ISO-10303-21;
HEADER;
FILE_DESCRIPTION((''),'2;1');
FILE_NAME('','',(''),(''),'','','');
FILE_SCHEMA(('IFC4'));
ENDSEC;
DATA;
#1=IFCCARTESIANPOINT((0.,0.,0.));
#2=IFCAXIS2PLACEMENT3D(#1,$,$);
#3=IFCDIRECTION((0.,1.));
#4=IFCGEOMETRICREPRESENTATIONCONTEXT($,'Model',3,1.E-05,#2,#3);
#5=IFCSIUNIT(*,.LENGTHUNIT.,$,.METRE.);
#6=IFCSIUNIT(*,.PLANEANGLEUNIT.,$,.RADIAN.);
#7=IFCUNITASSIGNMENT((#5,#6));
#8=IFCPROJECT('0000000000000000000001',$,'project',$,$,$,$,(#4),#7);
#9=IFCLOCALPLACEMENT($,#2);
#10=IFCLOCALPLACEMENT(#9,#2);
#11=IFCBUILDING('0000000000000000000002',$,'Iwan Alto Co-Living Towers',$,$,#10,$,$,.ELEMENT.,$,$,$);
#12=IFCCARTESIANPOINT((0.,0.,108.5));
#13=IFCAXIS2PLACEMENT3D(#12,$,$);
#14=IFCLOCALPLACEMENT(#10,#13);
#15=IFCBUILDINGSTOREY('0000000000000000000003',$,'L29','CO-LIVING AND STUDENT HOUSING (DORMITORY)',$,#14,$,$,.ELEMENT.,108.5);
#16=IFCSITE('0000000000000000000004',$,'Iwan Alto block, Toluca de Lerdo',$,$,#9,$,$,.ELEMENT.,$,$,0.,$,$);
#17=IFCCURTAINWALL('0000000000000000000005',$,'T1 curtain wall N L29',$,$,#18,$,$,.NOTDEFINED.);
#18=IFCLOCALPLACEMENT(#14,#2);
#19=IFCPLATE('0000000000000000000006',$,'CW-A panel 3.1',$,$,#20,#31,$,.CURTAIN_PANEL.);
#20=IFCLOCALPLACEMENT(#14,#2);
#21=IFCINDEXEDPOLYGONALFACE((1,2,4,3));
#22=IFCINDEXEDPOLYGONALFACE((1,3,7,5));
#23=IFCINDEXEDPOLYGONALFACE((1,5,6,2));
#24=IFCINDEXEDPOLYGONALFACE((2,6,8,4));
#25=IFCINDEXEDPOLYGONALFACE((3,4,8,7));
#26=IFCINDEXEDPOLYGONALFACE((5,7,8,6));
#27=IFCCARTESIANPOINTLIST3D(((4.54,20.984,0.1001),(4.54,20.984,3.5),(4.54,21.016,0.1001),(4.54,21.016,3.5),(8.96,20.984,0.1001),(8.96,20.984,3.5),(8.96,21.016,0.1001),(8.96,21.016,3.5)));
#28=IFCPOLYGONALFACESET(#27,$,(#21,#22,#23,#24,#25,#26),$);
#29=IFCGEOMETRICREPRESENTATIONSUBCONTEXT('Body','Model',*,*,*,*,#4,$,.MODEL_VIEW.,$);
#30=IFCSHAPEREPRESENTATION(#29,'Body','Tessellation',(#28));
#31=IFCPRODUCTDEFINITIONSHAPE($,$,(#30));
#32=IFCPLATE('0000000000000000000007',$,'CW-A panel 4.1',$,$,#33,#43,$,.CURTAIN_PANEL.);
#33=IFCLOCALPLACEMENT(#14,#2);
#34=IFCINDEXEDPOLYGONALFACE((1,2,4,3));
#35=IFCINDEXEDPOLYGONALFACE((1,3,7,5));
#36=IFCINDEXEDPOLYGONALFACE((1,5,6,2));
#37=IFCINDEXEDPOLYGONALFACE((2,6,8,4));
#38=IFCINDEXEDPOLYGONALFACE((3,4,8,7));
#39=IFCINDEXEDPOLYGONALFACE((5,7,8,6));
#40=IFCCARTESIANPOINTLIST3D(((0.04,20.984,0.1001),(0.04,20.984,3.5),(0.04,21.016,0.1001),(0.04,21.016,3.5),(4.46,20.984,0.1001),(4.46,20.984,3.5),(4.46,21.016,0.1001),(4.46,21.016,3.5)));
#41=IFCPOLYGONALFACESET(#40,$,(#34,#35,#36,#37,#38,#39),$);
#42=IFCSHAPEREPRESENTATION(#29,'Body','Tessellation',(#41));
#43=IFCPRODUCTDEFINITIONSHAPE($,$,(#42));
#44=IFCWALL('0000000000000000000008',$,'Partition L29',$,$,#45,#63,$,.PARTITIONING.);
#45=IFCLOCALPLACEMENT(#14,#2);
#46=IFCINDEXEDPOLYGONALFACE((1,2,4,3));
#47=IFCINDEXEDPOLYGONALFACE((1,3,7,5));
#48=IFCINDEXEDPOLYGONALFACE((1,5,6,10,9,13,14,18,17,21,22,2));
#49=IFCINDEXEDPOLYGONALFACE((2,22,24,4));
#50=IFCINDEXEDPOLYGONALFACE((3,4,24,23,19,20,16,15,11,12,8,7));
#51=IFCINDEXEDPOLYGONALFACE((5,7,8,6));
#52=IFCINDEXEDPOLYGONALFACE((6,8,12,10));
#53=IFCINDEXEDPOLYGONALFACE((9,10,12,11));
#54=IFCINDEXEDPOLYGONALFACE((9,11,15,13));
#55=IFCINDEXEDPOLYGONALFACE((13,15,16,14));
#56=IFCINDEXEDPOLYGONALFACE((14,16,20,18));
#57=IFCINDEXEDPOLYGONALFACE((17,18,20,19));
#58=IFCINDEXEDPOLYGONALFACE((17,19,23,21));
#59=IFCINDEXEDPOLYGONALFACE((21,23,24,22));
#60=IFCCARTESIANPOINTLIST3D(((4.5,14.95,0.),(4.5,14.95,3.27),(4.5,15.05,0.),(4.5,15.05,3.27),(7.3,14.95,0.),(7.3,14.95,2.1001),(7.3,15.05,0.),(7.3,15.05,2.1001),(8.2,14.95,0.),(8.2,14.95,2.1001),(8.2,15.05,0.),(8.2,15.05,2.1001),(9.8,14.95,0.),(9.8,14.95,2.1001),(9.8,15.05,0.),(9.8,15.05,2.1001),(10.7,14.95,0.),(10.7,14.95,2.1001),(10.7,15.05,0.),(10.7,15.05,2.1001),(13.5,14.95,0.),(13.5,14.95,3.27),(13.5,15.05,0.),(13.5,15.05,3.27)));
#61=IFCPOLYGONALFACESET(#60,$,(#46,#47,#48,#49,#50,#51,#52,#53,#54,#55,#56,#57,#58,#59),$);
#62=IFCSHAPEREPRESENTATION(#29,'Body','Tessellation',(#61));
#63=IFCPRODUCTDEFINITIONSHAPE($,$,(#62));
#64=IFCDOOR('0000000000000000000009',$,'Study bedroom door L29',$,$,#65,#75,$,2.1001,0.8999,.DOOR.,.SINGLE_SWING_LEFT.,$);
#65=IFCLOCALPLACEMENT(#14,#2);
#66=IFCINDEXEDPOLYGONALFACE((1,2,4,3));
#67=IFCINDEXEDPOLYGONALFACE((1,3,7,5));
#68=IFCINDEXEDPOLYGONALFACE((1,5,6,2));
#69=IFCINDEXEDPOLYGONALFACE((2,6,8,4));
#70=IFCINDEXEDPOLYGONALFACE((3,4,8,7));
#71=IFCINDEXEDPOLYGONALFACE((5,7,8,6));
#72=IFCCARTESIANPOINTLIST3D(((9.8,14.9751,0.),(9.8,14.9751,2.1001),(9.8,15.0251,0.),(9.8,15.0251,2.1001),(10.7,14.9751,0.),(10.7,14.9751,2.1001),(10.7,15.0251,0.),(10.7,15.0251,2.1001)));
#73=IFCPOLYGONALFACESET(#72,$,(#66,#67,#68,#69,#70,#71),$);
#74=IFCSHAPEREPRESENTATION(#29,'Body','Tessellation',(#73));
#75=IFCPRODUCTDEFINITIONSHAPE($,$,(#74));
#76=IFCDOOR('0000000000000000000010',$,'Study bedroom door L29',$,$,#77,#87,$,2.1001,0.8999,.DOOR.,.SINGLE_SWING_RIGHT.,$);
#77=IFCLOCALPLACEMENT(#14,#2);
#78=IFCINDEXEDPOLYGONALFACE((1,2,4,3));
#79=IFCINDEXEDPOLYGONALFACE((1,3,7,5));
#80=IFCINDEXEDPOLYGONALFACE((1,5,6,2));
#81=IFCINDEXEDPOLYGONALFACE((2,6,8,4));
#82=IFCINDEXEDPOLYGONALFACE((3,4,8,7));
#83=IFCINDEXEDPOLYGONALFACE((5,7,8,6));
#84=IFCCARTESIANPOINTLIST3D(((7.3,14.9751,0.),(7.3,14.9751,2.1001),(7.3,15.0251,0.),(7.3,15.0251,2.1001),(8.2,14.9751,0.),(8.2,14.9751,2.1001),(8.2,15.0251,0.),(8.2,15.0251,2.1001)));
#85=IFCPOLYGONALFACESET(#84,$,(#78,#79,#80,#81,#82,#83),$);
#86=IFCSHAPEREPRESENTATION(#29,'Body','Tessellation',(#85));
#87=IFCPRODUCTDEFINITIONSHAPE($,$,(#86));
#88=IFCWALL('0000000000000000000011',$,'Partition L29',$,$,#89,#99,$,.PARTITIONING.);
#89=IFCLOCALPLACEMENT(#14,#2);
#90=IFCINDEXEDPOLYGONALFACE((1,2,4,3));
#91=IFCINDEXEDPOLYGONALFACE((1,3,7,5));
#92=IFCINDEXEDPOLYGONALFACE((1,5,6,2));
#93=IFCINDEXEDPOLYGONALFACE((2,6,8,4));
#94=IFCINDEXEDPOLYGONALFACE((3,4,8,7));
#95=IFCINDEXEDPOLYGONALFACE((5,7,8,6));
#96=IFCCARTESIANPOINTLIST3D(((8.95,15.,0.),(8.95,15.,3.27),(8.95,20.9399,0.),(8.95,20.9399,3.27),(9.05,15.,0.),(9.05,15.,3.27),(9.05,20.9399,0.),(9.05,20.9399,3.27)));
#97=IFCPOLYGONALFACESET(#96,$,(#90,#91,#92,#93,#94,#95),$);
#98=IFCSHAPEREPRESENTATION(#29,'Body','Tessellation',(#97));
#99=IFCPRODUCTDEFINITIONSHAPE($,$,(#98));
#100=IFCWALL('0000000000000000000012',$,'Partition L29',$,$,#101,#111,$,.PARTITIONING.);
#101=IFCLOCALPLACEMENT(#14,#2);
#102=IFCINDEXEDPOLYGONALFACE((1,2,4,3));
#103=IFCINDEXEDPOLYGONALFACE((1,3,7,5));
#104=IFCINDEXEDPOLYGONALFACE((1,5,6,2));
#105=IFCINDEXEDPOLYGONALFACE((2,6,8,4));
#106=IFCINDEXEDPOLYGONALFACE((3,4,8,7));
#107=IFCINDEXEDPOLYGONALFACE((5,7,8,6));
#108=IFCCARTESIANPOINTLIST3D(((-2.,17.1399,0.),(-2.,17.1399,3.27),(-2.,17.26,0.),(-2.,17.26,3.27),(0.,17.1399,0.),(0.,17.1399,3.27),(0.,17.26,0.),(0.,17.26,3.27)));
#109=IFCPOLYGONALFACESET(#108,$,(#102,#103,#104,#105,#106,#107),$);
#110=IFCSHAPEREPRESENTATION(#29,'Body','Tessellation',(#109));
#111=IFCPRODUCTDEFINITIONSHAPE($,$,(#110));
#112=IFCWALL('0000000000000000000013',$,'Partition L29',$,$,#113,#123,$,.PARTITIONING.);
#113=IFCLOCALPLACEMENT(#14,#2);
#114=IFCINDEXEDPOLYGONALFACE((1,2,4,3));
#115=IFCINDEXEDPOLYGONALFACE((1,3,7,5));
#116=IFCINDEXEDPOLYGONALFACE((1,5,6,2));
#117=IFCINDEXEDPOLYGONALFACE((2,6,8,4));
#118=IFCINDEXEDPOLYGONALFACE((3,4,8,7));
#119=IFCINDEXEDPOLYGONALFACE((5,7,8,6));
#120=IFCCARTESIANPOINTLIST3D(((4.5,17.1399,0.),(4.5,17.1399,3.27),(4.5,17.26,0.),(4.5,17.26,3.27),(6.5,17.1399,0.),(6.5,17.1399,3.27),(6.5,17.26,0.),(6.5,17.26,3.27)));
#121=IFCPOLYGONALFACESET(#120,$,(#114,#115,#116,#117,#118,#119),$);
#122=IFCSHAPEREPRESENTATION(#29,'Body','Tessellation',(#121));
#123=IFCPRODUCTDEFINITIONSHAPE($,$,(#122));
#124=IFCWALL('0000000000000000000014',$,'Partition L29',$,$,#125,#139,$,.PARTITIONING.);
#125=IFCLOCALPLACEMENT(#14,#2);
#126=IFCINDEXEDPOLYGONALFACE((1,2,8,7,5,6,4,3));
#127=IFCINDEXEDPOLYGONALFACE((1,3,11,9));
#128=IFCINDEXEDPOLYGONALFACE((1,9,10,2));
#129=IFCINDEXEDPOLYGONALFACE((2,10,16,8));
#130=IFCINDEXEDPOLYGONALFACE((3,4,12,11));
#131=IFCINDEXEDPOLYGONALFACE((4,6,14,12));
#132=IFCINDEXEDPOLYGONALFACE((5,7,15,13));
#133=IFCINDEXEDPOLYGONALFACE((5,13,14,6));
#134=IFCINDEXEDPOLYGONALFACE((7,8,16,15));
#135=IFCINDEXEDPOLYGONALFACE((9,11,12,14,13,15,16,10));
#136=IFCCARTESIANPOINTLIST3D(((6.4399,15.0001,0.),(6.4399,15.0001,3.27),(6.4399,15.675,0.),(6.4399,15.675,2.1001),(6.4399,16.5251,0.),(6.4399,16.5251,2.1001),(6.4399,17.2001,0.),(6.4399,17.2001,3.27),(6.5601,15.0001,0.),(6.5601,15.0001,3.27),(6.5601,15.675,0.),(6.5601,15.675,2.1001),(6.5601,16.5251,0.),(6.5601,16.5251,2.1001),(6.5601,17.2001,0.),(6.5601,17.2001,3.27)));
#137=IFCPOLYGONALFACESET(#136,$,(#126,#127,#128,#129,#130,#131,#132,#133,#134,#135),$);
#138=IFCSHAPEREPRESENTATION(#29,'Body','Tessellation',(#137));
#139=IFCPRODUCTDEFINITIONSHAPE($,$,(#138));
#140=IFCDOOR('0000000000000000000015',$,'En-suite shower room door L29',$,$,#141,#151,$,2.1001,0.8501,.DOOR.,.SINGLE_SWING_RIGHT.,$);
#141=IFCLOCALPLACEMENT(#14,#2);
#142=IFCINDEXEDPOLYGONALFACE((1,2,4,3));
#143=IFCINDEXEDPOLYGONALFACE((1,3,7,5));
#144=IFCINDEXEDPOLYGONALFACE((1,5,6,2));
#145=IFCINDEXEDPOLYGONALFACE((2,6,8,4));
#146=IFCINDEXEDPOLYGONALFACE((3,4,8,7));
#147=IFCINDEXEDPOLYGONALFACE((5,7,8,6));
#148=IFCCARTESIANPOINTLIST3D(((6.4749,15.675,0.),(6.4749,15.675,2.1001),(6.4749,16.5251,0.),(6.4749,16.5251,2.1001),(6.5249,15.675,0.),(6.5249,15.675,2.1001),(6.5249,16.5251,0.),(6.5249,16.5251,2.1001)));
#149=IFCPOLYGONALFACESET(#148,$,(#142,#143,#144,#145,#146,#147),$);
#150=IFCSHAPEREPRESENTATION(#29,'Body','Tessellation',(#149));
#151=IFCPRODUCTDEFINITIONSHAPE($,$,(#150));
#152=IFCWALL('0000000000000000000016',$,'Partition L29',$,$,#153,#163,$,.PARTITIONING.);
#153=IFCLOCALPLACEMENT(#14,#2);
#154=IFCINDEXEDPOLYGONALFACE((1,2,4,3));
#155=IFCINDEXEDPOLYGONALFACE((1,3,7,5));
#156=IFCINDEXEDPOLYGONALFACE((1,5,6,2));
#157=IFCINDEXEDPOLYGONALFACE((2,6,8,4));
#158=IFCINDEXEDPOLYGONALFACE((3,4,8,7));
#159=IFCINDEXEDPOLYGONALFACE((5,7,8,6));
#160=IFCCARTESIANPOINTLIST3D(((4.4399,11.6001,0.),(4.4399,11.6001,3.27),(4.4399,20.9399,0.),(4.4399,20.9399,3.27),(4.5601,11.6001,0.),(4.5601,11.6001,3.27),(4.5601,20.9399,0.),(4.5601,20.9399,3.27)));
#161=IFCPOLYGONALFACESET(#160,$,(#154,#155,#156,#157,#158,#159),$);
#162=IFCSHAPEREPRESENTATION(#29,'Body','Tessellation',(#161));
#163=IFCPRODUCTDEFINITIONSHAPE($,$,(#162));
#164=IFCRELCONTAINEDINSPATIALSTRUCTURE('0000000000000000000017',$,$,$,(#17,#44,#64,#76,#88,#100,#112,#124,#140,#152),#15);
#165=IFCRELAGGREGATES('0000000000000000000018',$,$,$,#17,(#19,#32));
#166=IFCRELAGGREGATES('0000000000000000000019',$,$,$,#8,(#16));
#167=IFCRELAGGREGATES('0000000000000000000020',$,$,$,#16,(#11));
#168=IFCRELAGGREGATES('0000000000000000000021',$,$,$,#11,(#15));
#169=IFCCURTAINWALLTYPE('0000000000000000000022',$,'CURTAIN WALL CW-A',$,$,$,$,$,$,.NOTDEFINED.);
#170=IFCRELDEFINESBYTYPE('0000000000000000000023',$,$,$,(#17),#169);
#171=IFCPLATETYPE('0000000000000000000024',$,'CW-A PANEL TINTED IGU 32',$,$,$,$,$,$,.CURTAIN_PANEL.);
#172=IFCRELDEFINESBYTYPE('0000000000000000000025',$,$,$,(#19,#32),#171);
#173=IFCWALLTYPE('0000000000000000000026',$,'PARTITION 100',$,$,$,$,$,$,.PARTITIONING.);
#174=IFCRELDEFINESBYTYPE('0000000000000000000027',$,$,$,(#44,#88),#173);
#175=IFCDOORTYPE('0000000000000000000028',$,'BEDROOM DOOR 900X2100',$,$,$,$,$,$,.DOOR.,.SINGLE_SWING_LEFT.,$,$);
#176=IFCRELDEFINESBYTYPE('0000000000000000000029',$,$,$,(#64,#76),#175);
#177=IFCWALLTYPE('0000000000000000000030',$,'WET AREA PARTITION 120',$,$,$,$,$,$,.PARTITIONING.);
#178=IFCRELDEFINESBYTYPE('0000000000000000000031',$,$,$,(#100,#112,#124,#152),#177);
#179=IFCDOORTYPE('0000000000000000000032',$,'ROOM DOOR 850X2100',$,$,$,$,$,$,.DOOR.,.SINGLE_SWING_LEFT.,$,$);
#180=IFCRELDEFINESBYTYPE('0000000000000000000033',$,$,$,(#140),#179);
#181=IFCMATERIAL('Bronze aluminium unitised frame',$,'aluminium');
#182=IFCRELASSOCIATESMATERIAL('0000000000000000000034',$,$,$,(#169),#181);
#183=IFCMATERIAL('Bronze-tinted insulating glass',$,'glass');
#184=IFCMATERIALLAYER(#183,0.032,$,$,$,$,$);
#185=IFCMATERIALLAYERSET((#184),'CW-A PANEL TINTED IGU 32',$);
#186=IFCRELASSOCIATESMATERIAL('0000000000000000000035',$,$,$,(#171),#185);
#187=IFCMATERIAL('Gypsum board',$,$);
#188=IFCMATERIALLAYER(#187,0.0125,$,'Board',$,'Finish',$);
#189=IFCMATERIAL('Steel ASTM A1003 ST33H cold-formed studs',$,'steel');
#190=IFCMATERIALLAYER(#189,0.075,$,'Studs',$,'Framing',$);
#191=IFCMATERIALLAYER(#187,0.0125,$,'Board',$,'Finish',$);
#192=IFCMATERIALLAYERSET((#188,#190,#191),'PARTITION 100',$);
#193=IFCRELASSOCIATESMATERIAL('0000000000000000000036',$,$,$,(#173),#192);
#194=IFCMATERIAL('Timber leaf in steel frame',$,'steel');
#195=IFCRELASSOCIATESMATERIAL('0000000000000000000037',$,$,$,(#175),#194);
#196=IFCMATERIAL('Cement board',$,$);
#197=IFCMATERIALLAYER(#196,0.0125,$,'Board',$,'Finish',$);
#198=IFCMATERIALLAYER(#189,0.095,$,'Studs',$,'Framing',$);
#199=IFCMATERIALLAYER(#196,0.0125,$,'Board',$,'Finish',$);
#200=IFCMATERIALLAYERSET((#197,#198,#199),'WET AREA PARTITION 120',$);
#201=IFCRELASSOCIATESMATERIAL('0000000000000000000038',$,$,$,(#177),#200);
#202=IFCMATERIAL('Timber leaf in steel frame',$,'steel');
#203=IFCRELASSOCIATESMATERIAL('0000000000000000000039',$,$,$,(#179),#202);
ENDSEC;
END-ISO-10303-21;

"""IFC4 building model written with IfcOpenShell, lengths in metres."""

from ifc_helpers import new_model, si_unit, direction, frame, frame_2d, origin, origin_2d, place, context, subcontext, project, spatial, rectangle, extrude, material, layer, layer_set, type_object, element, fill, aggregate, save


model = new_model("IFC4")

# Units and contexts
model_context = context("Model", 3, precision=1e-05, world=origin(), true_north=direction((0.0, 1.0)))
body_context = subcontext(model_context, "Body", "Model", "MODEL_VIEW")
ifc_project = project(units=[si_unit("LENGTHUNIT", "METRE"), si_unit("PLANEANGLEUNIT", "RADIAN")], contexts=[model_context])

# Site, building, storey
site_placement = place(None, origin())
site = spatial("IfcSite", under=ifc_project, at=site_placement, Name="Iwan Alto block, Toluca de Lerdo", CompositionType="ELEMENT", RefElevation=0.0)
building_placement = place(site_placement, origin())
building = spatial("IfcBuilding", under=site, at=building_placement, Name="Iwan Alto Co-Living Towers", CompositionType="ELEMENT")
storey_placement = place(building_placement, frame((0.0, 0.0, 108.5)))
storey = spatial("IfcBuildingStorey", under=building, at=storey_placement, Name="L29", Description="CO-LIVING AND STUDENT HOUSING (DORMITORY)", CompositionType="ELEMENT", Elevation=108.5)

# Curtain wall
ifc_material_1 = material(Name="Bronze aluminium unitised frame", Category="aluminium")
curtain_wall_type = type_object("IfcCurtainWallType", Name="CURTAIN WALL CW-A", PredefinedType="NOTDEFINED", material=ifc_material_1)
curtain_wall_placement = place(storey_placement, origin())
curtain_wall = element("IfcCurtainWall", 1, at=curtain_wall_placement, inside=storey, type_object=curtain_wall_type, Name="T1 curtain wall N L29", PredefinedType="NOTDEFINED")

# Plates
ifc_material_2 = material(Name="Bronze-tinted insulating glass", Category="glass")
ifc_layer_1 = layer(ifc_material_2, 0.032)
ifc_layer_set_1 = layer_set([ifc_layer_1], Name="CW-A PANEL TINTED IGU 32")
plate_type = type_object("IfcPlateType", Name="CW-A PANEL TINTED IGU 32", PredefinedType="CURTAIN_PANEL", material=ifc_layer_set_1)
plate_1_placement = place(storey_placement, frame((6.75, 21.0, 0.1001), z_axis=(0.0, 0.0, 1.0), x_axis=(-1.0, 0.0, 0.0)))
plate_1 = element("IfcPlate", 2, at=plate_1_placement, type_object=plate_type, Name="CW-A panel 3.1", PredefinedType="CURTAIN_PANEL", context=body_context, shape_type="SweptSolid", body=[
    extrude(rectangle(XDim=4.4199, YDim=0.032, at=origin_2d()), origin(), (0.0, 0.0, 1.0), 3.3999),
])
plate_2_placement = place(storey_placement, frame((2.25, 21.0, 0.1001), z_axis=(0.0, 0.0, 1.0), x_axis=(-1.0, 0.0, 0.0)))
plate_2 = element("IfcPlate", 3, at=plate_2_placement, type_object=plate_type, Name="CW-A panel 4.1", PredefinedType="CURTAIN_PANEL", context=body_context, shape_type="SweptSolid", body=[
    extrude(rectangle(XDim=4.4199, YDim=0.032, at=origin_2d()), origin(), (0.0, 0.0, 1.0), 3.3999),
])
aggregate(curtain_wall, [plate_1, plate_2])

# Wall, openings, doors
ifc_material_3 = material(Name="Gypsum board")
ifc_layer_2 = layer(ifc_material_3, 0.0125, Name="Board", Category="Finish")
ifc_material_4 = material(Name="Steel ASTM A1003 ST33H cold-formed studs", Category="steel")
ifc_layer_3 = layer(ifc_material_4, 0.075, Name="Studs", Category="Framing")
ifc_layer_4 = layer(ifc_material_3, 0.0125, Name="Board", Category="Finish")
ifc_layer_set_2 = layer_set([ifc_layer_2, ifc_layer_3, ifc_layer_4], Name="PARTITION 100")
wall_type_1 = type_object("IfcWallType", Name="PARTITION 100", PredefinedType="PARTITIONING", material=ifc_layer_set_2)
wall_1_placement = place(storey_placement, frame((4.5, 15.0, 0.0), z_axis=(0.0, 0.0, 1.0), x_axis=(1.0, 0.0, 0.0)))
wall_1 = element("IfcWall", 4, at=wall_1_placement, inside=storey, type_object=wall_type_1, Name="Partition L29", PredefinedType="PARTITIONING", context=body_context, shape_type="SweptSolid", body=[
    extrude(rectangle(XDim=9.0, YDim=0.1001, at=frame_2d((4.5, 0.0))), origin(), (0.0, 0.0, 1.0), 3.27),
])
opening_1_placement = place(wall_1_placement, frame((5.3, 0.0, 0.0)))
opening_1 = element("IfcOpeningElement", 5, at=opening_1_placement, cuts=wall_1, PredefinedType="OPENING", context=body_context, shape_type="SweptSolid", body=[
    extrude(rectangle(XDim=0.8999, YDim=2.1001, at=frame_2d((0.45, 1.05))), frame((0.0, 0.0601, 0.0), z_axis=(0.0, -1.0, 0.0), x_axis=(1.0, 0.0, 0.0)), (0.0, 0.0, 1.0), 0.1201),
])
opening_2_placement = place(wall_1_placement, frame((2.8, 0.0, 0.0)))
opening_2 = element("IfcOpeningElement", 6, at=opening_2_placement, cuts=wall_1, PredefinedType="OPENING", context=body_context, shape_type="SweptSolid", body=[
    extrude(rectangle(XDim=0.8999, YDim=2.1001, at=frame_2d((0.45, 1.05))), frame((0.0, 0.0601, 0.0), z_axis=(0.0, -1.0, 0.0), x_axis=(1.0, 0.0, 0.0)), (0.0, 0.0, 1.0), 0.1201),
])
ifc_material_5 = material(Name="Timber leaf in steel frame", Category="steel")
door_type_1 = type_object("IfcDoorType", Name="BEDROOM DOOR 900X2100", OperationType="SINGLE_SWING_LEFT", PredefinedType="DOOR", material=ifc_material_5)
door_1_placement = place(opening_1_placement, frame((0.8999, 0.0, 0.0), z_axis=(0.0, 0.0, 1.0), x_axis=(-1.0, 0.0, 0.0)))
door_1 = element("IfcDoor", 7, at=door_1_placement, inside=storey, type_object=door_type_1, Name="Study bedroom door L29", OperationType="SINGLE_SWING_LEFT", OverallHeight=2.1001, OverallWidth=0.8999, PredefinedType="DOOR", context=body_context, shape_type="SweptSolid", body=[
    extrude(rectangle(XDim=0.8999, YDim=2.1001, at=frame_2d((0.45, 1.05))), frame((0.0, 0.0249, 0.0), z_axis=(0.0, -1.0, 0.0), x_axis=(1.0, 0.0, 0.0)), (0.0, 0.0, 1.0), 0.05),
])
fill(opening_1, door_1)
door_2_placement = place(opening_2_placement, frame((0.8999, 0.0, 0.0), z_axis=(0.0, 0.0, 1.0), x_axis=(-1.0, 0.0, 0.0)))
door_2 = element("IfcDoor", 8, at=door_2_placement, inside=storey, type_object=door_type_1, Name="Study bedroom door L29", OperationType="SINGLE_SWING_RIGHT", OverallHeight=2.1001, OverallWidth=0.8999, PredefinedType="DOOR", context=body_context, shape_type="SweptSolid", body=[
    extrude(rectangle(XDim=0.8999, YDim=2.1001, at=frame_2d((0.45, 1.05))), frame((0.0, 0.0249, 0.0), z_axis=(0.0, -1.0, 0.0), x_axis=(1.0, 0.0, 0.0)), (0.0, 0.0, 1.0), 0.05),
])
fill(opening_2, door_2)

# Walls
wall_2_placement = place(storey_placement, frame((9.0, 15.0, 0.0), z_axis=(0.0, 0.0, 1.0), x_axis=(0.0, 1.0, 0.0)))
element("IfcWall", 9, at=wall_2_placement, inside=storey, type_object=wall_type_1, Name="Partition L29", PredefinedType="PARTITIONING", context=body_context, shape_type="SweptSolid", body=[
    extrude(rectangle(XDim=5.9399, YDim=0.1001, at=frame_2d((2.97, 0.0))), origin(), (0.0, 0.0, 1.0), 3.27),
])
ifc_material_6 = material(Name="Cement board")
ifc_layer_5 = layer(ifc_material_6, 0.0125, Name="Board", Category="Finish")
ifc_layer_6 = layer(ifc_material_4, 0.095, Name="Studs", Category="Framing")
ifc_layer_7 = layer(ifc_material_6, 0.0125, Name="Board", Category="Finish")
ifc_layer_set_3 = layer_set([ifc_layer_5, ifc_layer_6, ifc_layer_7], Name="WET AREA PARTITION 120")
wall_type_2 = type_object("IfcWallType", Name="WET AREA PARTITION 120", PredefinedType="PARTITIONING", material=ifc_layer_set_3)
for number, where, z_axis, x_axis, name in (
    (10, (-2.0, 17.2, 0.0), (0.0, 0.0, 1.0), (1.0, 0.0, 0.0), "Partition L29"),
    (11, (4.5, 17.2, 0.0), (0.0, 0.0, 1.0), (1.0, 0.0, 0.0), "Partition L29"),
):
    element("IfcWall", number, at=place(storey_placement, frame(where, z_axis=z_axis, x_axis=x_axis)), inside=storey, type_object=wall_type_2, Name=name, PredefinedType="PARTITIONING", context=body_context, shape_type="SweptSolid", body=[
        extrude(rectangle(XDim=2.0, YDim=0.1201, at=frame_2d((1.0, 0.0))), origin(), (0.0, 0.0, 1.0), 3.27),
    ])

# Wall, opening, door
wall_3_placement = place(storey_placement, frame((6.5, 15.0, 0.0), z_axis=(0.0, 0.0, 1.0), x_axis=(0.0, 1.0, 0.0)))
wall_3 = element("IfcWall", 12, at=wall_3_placement, inside=storey, type_object=wall_type_2, Name="Partition L29", PredefinedType="PARTITIONING", context=body_context, shape_type="SweptSolid", body=[
    extrude(rectangle(XDim=2.2, YDim=0.1201, at=frame_2d((1.1001, 0.0))), origin(), (0.0, 0.0, 1.0), 3.27),
])
opening_3_placement = place(wall_3_placement, frame((0.675, 0.0, 0.0)))
opening_3 = element("IfcOpeningElement", 13, at=opening_3_placement, cuts=wall_3, PredefinedType="OPENING", context=body_context, shape_type="SweptSolid", body=[
    extrude(rectangle(XDim=0.8501, YDim=2.1001, at=frame_2d((0.425, 1.05))), frame((0.0, 0.0701, 0.0), z_axis=(0.0, -1.0, 0.0), x_axis=(1.0, 0.0, 0.0)), (0.0, 0.0, 1.0), 0.1401),
])
ifc_material_7 = material(Name="Timber leaf in steel frame", Category="steel")
door_type_2 = type_object("IfcDoorType", Name="ROOM DOOR 850X2100", OperationType="SINGLE_SWING_LEFT", PredefinedType="DOOR", material=ifc_material_7)
door_3_placement = place(opening_3_placement, frame((0.8501, 0.0, 0.0), z_axis=(0.0, 0.0, 1.0), x_axis=(-1.0, 0.0, 0.0)))
door_3 = element("IfcDoor", 14, at=door_3_placement, inside=storey, type_object=door_type_2, Name="En-suite shower room door L29", OperationType="SINGLE_SWING_RIGHT", OverallHeight=2.1001, OverallWidth=0.8501, PredefinedType="DOOR", context=body_context, shape_type="SweptSolid", body=[
    extrude(rectangle(XDim=0.8501, YDim=2.1001, at=frame_2d((0.425, 1.05))), frame((0.0, 0.0249, 0.0), z_axis=(0.0, -1.0, 0.0), x_axis=(1.0, 0.0, 0.0)), (0.0, 0.0, 1.0), 0.05),
])
fill(opening_3, door_3)

# Wall
wall_4_placement = place(storey_placement, frame((4.5, 11.6001, 0.0), z_axis=(0.0, 0.0, 1.0), x_axis=(0.0, 1.0, 0.0)))
element("IfcWall", 15, at=wall_4_placement, inside=storey, type_object=wall_type_2, Name="Partition L29", PredefinedType="PARTITIONING", context=body_context, shape_type="SweptSolid", body=[
    extrude(rectangle(XDim=9.3398, YDim=0.1201, at=frame_2d((4.6699, 0.0))), origin(), (0.0, 0.0, 1.0), 3.27),
])

save(model, "model.ifc")
